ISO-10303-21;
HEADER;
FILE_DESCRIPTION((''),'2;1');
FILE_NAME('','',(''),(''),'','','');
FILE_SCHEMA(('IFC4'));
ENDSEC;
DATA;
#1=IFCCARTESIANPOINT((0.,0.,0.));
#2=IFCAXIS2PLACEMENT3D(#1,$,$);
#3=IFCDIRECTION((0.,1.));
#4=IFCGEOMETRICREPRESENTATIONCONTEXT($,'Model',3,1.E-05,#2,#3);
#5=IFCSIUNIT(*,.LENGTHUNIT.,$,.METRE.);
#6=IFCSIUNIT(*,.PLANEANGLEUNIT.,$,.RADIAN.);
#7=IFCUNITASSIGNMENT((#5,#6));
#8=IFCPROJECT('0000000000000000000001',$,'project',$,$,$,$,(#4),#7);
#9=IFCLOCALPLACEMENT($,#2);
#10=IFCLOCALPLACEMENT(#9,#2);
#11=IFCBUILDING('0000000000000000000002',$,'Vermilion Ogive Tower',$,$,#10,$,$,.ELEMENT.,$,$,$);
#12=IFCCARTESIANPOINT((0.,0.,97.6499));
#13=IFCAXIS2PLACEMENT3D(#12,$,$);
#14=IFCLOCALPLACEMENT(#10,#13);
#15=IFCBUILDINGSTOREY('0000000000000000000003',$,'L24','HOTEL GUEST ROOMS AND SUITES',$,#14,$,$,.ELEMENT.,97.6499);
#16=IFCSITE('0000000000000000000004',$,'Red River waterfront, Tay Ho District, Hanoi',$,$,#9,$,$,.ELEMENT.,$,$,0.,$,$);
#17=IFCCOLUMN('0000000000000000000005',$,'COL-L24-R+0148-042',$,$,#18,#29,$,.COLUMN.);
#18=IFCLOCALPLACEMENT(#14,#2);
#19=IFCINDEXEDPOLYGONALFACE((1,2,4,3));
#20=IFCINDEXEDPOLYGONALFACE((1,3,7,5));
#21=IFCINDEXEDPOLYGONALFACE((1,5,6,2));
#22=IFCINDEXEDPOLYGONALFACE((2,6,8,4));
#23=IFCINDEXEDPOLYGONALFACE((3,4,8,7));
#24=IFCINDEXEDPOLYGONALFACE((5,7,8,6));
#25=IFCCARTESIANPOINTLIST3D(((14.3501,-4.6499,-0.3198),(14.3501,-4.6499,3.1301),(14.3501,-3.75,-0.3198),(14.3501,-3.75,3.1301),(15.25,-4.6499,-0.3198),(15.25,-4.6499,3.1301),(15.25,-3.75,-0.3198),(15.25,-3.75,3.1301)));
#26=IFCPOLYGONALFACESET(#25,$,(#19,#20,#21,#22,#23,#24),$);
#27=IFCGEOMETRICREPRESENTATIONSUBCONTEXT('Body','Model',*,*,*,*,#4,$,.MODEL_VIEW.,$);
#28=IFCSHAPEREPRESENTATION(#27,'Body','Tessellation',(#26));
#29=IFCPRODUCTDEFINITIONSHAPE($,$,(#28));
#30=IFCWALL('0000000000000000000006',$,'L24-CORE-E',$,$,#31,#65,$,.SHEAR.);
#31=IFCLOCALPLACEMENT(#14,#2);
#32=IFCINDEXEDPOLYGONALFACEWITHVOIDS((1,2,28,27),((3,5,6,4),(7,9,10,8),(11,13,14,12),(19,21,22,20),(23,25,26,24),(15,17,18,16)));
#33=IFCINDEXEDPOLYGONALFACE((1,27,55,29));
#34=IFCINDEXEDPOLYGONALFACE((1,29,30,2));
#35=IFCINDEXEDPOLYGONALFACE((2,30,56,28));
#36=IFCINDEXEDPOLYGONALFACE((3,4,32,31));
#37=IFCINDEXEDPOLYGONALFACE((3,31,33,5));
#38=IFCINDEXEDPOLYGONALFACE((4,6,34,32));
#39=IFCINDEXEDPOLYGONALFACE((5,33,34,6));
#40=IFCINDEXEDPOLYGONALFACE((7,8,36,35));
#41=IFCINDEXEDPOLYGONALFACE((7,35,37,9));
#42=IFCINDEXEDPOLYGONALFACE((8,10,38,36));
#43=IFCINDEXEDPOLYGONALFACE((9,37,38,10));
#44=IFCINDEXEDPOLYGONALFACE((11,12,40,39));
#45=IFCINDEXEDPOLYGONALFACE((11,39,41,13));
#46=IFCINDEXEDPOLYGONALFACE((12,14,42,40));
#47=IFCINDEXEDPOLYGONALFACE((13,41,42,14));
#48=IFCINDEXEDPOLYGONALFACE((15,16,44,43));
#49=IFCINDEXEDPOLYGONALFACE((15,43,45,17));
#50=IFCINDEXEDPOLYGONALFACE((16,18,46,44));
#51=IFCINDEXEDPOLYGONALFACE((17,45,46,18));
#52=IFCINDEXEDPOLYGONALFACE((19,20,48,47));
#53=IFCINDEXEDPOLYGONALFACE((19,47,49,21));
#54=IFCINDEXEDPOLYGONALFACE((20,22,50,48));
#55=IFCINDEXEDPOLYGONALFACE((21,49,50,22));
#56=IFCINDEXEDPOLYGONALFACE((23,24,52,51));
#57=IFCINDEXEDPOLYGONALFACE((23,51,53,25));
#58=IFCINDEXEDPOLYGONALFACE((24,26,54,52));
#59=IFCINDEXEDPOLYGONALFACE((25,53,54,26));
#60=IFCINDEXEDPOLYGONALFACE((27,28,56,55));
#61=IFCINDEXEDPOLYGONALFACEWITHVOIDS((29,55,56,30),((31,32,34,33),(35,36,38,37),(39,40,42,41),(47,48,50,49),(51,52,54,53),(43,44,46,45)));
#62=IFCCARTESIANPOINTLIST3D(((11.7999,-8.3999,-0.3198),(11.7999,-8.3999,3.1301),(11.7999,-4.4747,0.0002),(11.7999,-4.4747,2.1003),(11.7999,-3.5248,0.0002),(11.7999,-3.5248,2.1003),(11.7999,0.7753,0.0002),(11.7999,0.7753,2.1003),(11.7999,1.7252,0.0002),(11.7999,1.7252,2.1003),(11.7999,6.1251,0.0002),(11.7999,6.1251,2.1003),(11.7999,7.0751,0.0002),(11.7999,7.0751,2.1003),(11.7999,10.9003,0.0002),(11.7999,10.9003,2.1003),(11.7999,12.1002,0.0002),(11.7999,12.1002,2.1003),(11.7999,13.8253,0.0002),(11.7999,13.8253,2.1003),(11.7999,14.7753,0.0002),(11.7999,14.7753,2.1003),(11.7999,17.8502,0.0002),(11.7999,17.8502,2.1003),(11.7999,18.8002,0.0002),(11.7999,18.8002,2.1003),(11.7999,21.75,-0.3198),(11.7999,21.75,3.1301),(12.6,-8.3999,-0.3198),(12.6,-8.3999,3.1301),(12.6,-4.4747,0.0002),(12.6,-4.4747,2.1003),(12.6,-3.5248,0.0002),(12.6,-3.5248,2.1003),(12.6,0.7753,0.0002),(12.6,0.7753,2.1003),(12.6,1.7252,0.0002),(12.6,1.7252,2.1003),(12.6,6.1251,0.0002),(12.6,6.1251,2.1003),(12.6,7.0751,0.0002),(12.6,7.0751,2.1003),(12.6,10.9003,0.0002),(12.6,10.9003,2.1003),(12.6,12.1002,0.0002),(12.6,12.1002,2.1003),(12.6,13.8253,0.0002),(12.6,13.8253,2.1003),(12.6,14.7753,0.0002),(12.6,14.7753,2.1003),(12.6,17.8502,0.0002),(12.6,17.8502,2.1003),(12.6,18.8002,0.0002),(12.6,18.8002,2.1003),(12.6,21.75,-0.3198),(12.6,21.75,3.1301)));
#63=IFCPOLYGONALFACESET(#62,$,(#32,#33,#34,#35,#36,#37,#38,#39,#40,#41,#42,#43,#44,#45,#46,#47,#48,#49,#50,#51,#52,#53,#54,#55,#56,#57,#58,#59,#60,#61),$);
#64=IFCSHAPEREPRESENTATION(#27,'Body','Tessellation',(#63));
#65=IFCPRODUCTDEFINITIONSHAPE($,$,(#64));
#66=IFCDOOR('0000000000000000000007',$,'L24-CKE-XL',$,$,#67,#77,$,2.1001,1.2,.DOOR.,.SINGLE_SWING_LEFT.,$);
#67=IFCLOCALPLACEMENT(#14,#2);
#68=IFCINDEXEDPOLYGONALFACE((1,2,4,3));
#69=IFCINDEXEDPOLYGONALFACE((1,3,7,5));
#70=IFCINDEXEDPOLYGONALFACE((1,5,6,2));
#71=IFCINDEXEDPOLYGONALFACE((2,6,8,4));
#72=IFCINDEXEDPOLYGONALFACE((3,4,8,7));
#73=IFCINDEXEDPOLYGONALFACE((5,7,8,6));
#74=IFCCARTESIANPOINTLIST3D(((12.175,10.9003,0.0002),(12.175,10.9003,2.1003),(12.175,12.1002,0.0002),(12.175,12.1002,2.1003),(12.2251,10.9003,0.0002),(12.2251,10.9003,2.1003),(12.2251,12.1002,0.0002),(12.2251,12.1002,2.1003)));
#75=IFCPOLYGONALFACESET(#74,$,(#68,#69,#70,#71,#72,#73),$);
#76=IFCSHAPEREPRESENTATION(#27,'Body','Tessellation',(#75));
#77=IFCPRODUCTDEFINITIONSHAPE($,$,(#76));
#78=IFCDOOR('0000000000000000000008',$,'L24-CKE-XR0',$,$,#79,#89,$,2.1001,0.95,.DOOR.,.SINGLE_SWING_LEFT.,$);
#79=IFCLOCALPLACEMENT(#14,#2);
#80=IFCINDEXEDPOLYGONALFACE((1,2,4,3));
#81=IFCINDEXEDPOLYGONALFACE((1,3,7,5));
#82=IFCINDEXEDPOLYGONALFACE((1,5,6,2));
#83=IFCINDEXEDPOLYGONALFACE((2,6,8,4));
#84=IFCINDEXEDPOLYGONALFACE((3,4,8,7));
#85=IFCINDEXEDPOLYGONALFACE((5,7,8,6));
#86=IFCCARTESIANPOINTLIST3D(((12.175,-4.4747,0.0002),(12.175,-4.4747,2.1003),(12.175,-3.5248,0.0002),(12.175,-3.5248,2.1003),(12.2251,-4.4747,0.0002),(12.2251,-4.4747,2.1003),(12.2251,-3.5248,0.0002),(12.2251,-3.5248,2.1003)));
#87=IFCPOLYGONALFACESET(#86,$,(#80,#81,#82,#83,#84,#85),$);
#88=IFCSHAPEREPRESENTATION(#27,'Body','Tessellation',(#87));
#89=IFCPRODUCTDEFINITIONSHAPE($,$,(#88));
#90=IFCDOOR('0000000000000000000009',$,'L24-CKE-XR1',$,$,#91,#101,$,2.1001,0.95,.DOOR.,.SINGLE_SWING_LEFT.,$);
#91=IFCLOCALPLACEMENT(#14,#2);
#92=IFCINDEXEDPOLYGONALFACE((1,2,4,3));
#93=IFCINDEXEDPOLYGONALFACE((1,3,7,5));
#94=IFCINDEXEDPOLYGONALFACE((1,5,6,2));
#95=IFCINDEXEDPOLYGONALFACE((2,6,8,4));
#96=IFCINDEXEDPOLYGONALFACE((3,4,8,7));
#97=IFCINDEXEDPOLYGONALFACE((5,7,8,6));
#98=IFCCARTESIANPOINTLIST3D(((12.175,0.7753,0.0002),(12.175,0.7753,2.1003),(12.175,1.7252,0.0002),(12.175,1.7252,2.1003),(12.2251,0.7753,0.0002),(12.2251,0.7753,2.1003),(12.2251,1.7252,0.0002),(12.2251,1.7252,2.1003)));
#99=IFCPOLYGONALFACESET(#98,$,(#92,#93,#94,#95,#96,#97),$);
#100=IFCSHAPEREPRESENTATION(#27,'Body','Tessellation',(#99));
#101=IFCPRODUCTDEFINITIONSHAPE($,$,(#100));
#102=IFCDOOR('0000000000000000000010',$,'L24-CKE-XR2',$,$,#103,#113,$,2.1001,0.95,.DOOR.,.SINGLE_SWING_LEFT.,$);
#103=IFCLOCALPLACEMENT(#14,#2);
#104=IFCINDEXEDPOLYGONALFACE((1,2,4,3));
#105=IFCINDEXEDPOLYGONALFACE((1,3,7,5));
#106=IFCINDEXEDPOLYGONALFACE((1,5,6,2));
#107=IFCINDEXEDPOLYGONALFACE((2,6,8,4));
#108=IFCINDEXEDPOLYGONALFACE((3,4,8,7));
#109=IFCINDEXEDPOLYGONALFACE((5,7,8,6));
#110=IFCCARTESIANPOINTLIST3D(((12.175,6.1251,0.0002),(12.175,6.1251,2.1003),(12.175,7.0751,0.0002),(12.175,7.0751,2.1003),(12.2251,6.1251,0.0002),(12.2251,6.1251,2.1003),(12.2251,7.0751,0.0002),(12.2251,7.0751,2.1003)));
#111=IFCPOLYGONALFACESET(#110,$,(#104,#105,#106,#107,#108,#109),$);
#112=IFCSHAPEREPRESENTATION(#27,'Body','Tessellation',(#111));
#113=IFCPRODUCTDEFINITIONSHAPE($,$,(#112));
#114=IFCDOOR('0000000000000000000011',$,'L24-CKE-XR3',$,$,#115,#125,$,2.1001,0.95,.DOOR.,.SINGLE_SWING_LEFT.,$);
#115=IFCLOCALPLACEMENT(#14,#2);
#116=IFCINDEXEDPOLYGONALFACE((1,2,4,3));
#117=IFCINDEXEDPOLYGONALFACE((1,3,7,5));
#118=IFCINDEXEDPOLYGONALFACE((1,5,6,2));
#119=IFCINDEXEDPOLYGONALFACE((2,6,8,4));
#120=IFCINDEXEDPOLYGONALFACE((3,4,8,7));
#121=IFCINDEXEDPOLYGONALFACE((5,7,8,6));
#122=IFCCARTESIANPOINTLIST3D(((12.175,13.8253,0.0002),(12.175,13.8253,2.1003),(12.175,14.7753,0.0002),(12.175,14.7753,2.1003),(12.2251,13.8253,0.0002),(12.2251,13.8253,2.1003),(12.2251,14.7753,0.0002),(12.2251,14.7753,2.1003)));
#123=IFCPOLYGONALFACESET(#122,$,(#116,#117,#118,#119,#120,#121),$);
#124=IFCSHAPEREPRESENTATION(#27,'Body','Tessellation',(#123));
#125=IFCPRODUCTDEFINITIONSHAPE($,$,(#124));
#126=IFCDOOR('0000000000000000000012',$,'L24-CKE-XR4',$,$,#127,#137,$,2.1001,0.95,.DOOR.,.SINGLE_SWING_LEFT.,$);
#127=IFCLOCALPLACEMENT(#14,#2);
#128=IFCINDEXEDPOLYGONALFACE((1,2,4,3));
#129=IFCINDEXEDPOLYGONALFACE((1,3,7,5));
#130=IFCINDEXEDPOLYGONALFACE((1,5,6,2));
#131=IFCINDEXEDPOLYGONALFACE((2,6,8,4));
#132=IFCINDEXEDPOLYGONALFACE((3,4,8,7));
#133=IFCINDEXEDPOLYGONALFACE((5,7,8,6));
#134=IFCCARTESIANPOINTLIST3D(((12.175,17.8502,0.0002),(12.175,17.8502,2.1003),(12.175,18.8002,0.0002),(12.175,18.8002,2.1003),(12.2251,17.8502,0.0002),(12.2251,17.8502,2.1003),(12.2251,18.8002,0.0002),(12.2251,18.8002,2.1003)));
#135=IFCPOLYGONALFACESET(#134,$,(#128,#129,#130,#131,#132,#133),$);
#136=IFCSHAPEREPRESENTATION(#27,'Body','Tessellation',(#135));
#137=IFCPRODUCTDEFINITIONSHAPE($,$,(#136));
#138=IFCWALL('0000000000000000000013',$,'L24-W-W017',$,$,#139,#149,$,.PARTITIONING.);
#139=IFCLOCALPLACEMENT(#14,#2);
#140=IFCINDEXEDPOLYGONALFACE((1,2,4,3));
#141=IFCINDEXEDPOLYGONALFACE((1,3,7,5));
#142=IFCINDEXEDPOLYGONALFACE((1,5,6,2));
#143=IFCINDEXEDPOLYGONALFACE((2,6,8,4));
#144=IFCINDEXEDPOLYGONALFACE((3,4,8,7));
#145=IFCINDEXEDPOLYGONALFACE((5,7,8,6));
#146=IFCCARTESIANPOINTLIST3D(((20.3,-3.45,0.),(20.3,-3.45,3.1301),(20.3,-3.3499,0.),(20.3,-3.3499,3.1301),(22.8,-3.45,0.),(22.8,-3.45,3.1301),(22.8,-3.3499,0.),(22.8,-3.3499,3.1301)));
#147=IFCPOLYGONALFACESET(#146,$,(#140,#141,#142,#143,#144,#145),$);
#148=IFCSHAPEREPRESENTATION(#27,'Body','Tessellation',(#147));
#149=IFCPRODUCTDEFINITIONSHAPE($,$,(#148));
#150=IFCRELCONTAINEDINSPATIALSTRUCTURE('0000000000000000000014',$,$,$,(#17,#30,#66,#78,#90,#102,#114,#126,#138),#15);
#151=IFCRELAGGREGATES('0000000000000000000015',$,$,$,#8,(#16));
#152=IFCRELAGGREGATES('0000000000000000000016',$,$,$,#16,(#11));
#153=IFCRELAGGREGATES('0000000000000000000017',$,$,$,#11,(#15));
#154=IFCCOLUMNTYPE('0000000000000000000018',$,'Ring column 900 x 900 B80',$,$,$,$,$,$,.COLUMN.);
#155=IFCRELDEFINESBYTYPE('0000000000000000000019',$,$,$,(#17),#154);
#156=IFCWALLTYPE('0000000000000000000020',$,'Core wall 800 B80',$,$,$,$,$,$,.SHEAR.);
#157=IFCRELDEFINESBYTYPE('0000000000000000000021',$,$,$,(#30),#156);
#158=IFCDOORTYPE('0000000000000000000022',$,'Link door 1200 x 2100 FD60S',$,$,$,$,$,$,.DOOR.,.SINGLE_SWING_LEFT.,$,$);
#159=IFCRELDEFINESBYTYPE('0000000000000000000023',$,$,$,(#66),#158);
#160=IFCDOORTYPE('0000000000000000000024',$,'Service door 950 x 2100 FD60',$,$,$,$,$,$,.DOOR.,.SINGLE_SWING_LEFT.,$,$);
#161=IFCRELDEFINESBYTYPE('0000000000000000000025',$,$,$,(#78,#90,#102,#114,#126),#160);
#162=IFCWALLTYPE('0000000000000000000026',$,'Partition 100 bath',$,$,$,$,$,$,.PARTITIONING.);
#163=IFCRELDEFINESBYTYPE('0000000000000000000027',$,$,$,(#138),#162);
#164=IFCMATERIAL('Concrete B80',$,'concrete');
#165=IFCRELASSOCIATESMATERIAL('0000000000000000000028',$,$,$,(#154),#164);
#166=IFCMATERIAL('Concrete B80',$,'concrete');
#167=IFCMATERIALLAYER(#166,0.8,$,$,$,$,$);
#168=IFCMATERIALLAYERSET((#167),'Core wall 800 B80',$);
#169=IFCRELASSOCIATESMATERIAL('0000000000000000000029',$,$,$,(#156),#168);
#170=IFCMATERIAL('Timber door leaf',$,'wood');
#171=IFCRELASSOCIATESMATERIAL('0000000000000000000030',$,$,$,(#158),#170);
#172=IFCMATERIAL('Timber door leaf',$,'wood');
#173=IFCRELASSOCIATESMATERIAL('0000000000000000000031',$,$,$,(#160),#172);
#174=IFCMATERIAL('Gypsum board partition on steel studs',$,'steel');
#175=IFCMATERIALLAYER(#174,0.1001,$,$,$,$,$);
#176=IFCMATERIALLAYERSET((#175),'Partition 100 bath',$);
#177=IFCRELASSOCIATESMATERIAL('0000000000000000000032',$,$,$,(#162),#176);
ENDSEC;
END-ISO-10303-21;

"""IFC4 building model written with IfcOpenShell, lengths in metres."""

from ifc_helpers import new_model, si_unit, direction, frame, frame_2d, origin, origin_2d, place, context, subcontext, project, spatial, rectangle, extrude, material, layer, layer_set, material_profile, profile_set, type_object, element, fill, save


model = new_model("IFC4")

# Units and contexts
model_context = context("Model", 3, precision=1e-05, world=origin(), true_north=direction((0.0, 1.0)))
body_context = subcontext(model_context, "Body", "Model", "MODEL_VIEW")
ifc_project = project(units=[si_unit("LENGTHUNIT", "METRE"), si_unit("PLANEANGLEUNIT", "RADIAN")], contexts=[model_context])

# Site, building, storey
site_placement = place(None, origin())
site = spatial("IfcSite", under=ifc_project, at=site_placement, Name="Red River waterfront, Tay Ho District, Hanoi", CompositionType="ELEMENT", RefElevation=0.0)
building_placement = place(site_placement, origin())
building = spatial("IfcBuilding", under=site, at=building_placement, Name="Vermilion Ogive Tower", CompositionType="ELEMENT")
storey_placement = place(building_placement, frame((0.0, 0.0, 97.6499)))
storey = spatial("IfcBuildingStorey", under=building, at=storey_placement, Name="L24", Description="HOTEL GUEST ROOMS AND SUITES", CompositionType="ELEMENT", Elevation=97.6499)

# Column
ifc_material_1 = material(Name="Concrete B80", Category="concrete")
ifc_material_profile = material_profile(ifc_material_1, rectangle(XDim=0.8999, YDim=0.8999, at=origin_2d()), Name="900 x 900")
ifc_profile_set = profile_set([ifc_material_profile], Name="Concrete B80")
column_type = type_object("IfcColumnType", Name="Ring column 900 x 900 B80", PredefinedType="COLUMN", material=ifc_profile_set)
column_placement = place(storey_placement, frame((14.8, -4.2, -0.3198), z_axis=(0.0, 0.0, 1.0), x_axis=(1.0, 0.0, 0.0)))
element("IfcColumn", 1, at=column_placement, inside=storey, type_object=column_type, Name="COL-L24-R+0148-042", PredefinedType="COLUMN", context=body_context, shape_type="SweptSolid", body=[
    extrude(rectangle(XDim=0.8999, YDim=0.8999, at=origin_2d()), origin(), (0.0, 0.0, 1.0), 3.45),
])

# Wall, openings, doors
ifc_material_2 = material(Name="Concrete B80", Category="concrete")
ifc_layer_1 = layer(ifc_material_2, 0.8)
ifc_layer_set_1 = layer_set([ifc_layer_1], Name="Core wall 800 B80")
wall_type_1 = type_object("IfcWallType", Name="Core wall 800 B80", PredefinedType="SHEAR", material=ifc_layer_set_1)
wall_1_placement = place(storey_placement, frame((12.2, -8.3999, -0.3198), z_axis=(0.0, 0.0, 1.0), x_axis=(0.0, 1.0, 0.0)))
wall_1 = element("IfcWall", 2, at=wall_1_placement, inside=storey, type_object=wall_type_1, Name="L24-CORE-E", PredefinedType="SHEAR", context=body_context, shape_type="SweptSolid", body=[
    extrude(rectangle(XDim=30.1499, YDim=0.8, at=frame_2d((15.075, 0.0))), origin(), (0.0, 0.0, 1.0), 3.45),
])
opening_1_placement = place(wall_1_placement, frame((3.925, 0.0, 0.3201)))
opening_1 = element("IfcOpeningElement", 3, at=opening_1_placement, cuts=wall_1, PredefinedType="OPENING", context=body_context, shape_type="SweptSolid", body=[
    extrude(rectangle(XDim=0.95, YDim=2.1001, at=frame_2d((0.4751, 1.05))), frame((0.0, 0.4099, 0.0), z_axis=(0.0, -1.0, 0.0), x_axis=(1.0, 0.0, 0.0)), (0.0, 0.0, 1.0), 0.8201),
])
opening_2_placement = place(wall_1_placement, frame((9.175, 0.0, 0.3201)))
opening_2 = element("IfcOpeningElement", 4, at=opening_2_placement, cuts=wall_1, PredefinedType="OPENING", context=body_context, shape_type="SweptSolid", body=[
    extrude(rectangle(XDim=0.95, YDim=2.1001, at=frame_2d((0.4751, 1.05))), frame((0.0, 0.4099, 0.0), z_axis=(0.0, -1.0, 0.0), x_axis=(1.0, 0.0, 0.0)), (0.0, 0.0, 1.0), 0.8201),
])
opening_3_placement = place(wall_1_placement, frame((14.5249, 0.0, 0.3201)))
opening_3 = element("IfcOpeningElement", 5, at=opening_3_placement, cuts=wall_1, PredefinedType="OPENING", context=body_context, shape_type="SweptSolid", body=[
    extrude(rectangle(XDim=0.95, YDim=2.1001, at=frame_2d((0.4751, 1.05))), frame((0.0, 0.4099, 0.0), z_axis=(0.0, -1.0, 0.0), x_axis=(1.0, 0.0, 0.0)), (0.0, 0.0, 1.0), 0.8201),
])
opening_4_placement = place(wall_1_placement, frame((22.2251, 0.0, 0.3201)))
opening_4 = element("IfcOpeningElement", 6, at=opening_4_placement, cuts=wall_1, PredefinedType="OPENING", context=body_context, shape_type="SweptSolid", body=[
    extrude(rectangle(XDim=0.95, YDim=2.1001, at=frame_2d((0.4751, 1.05))), frame((0.0, 0.4099, 0.0), z_axis=(0.0, -1.0, 0.0), x_axis=(1.0, 0.0, 0.0)), (0.0, 0.0, 1.0), 0.8201),
])
opening_5_placement = place(wall_1_placement, frame((26.25, 0.0, 0.3201)))
opening_5 = element("IfcOpeningElement", 7, at=opening_5_placement, cuts=wall_1, PredefinedType="OPENING", context=body_context, shape_type="SweptSolid", body=[
    extrude(rectangle(XDim=0.95, YDim=2.1001, at=frame_2d((0.4751, 1.05))), frame((0.0, 0.4099, 0.0), z_axis=(0.0, -1.0, 0.0), x_axis=(1.0, 0.0, 0.0)), (0.0, 0.0, 1.0), 0.8201),
])
opening_6_placement = place(wall_1_placement, frame((19.3, 0.0, 0.3201)))
opening_6 = element("IfcOpeningElement", 8, at=opening_6_placement, cuts=wall_1, PredefinedType="OPENING", context=body_context, shape_type="SweptSolid", body=[
    extrude(rectangle(XDim=1.2, YDim=2.1001, at=frame_2d((0.6001, 1.05))), frame((0.0, 0.4099, 0.0), z_axis=(0.0, -1.0, 0.0), x_axis=(1.0, 0.0, 0.0)), (0.0, 0.0, 1.0), 0.8201),
])
ifc_material_3 = material(Name="Timber door leaf", Category="wood")
door_type_1 = type_object("IfcDoorType", Name="Link door 1200 x 2100 FD60S", OperationType="SINGLE_SWING_LEFT", PredefinedType="DOOR", material=ifc_material_3)
door_1_placement = place(opening_6_placement, origin())
door_1 = element("IfcDoor", 9, at=door_1_placement, inside=storey, type_object=door_type_1, Name="L24-CKE-XL", OperationType="SINGLE_SWING_LEFT", OverallHeight=2.1001, OverallWidth=1.2, PredefinedType="DOOR", context=body_context, shape_type="SweptSolid", body=[
    extrude(rectangle(XDim=1.2, YDim=2.1001, at=frame_2d((0.6001, 1.05))), frame((0.0, 0.0249, 0.0), z_axis=(0.0, -1.0, 0.0), x_axis=(1.0, 0.0, 0.0)), (0.0, 0.0, 1.0), 0.05),
])
fill(opening_6, door_1)
ifc_material_4 = material(Name="Timber door leaf", Category="wood")
door_type_2 = type_object("IfcDoorType", Name="Service door 950 x 2100 FD60", OperationType="SINGLE_SWING_LEFT", PredefinedType="DOOR", material=ifc_material_4)
door_2_placement = place(opening_1_placement, origin())
door_2 = element("IfcDoor", 10, at=door_2_placement, inside=storey, type_object=door_type_2, Name="L24-CKE-XR0", OperationType="SINGLE_SWING_LEFT", OverallHeight=2.1001, OverallWidth=0.95, PredefinedType="DOOR", context=body_context, shape_type="SweptSolid", body=[
    extrude(rectangle(XDim=0.95, YDim=2.1001, at=frame_2d((0.4751, 1.05))), frame((0.0, 0.0249, 0.0), z_axis=(0.0, -1.0, 0.0), x_axis=(1.0, 0.0, 0.0)), (0.0, 0.0, 1.0), 0.05),
])
fill(opening_1, door_2)
door_3_placement = place(opening_2_placement, origin())
door_3 = element("IfcDoor", 11, at=door_3_placement, inside=storey, type_object=door_type_2, Name="L24-CKE-XR1", OperationType="SINGLE_SWING_LEFT", OverallHeight=2.1001, OverallWidth=0.95, PredefinedType="DOOR", context=body_context, shape_type="SweptSolid", body=[
    extrude(rectangle(XDim=0.95, YDim=2.1001, at=frame_2d((0.4751, 1.05))), frame((0.0, 0.0249, 0.0), z_axis=(0.0, -1.0, 0.0), x_axis=(1.0, 0.0, 0.0)), (0.0, 0.0, 1.0), 0.05),
])
fill(opening_2, door_3)
door_4_placement = place(opening_3_placement, origin())
door_4 = element("IfcDoor", 12, at=door_4_placement, inside=storey, type_object=door_type_2, Name="L24-CKE-XR2", OperationType="SINGLE_SWING_LEFT", OverallHeight=2.1001, OverallWidth=0.95, PredefinedType="DOOR", context=body_context, shape_type="SweptSolid", body=[
    extrude(rectangle(XDim=0.95, YDim=2.1001, at=frame_2d((0.4751, 1.05))), frame((0.0, 0.0249, 0.0), z_axis=(0.0, -1.0, 0.0), x_axis=(1.0, 0.0, 0.0)), (0.0, 0.0, 1.0), 0.05),
])
fill(opening_3, door_4)
door_5_placement = place(opening_4_placement, origin())
door_5 = element("IfcDoor", 13, at=door_5_placement, inside=storey, type_object=door_type_2, Name="L24-CKE-XR3", OperationType="SINGLE_SWING_LEFT", OverallHeight=2.1001, OverallWidth=0.95, PredefinedType="DOOR", context=body_context, shape_type="SweptSolid", body=[
    extrude(rectangle(XDim=0.95, YDim=2.1001, at=frame_2d((0.4751, 1.05))), frame((0.0, 0.0249, 0.0), z_axis=(0.0, -1.0, 0.0), x_axis=(1.0, 0.0, 0.0)), (0.0, 0.0, 1.0), 0.05),
])
fill(opening_4, door_5)
door_6_placement = place(opening_5_placement, origin())
door_6 = element("IfcDoor", 14, at=door_6_placement, inside=storey, type_object=door_type_2, Name="L24-CKE-XR4", OperationType="SINGLE_SWING_LEFT", OverallHeight=2.1001, OverallWidth=0.95, PredefinedType="DOOR", context=body_context, shape_type="SweptSolid", body=[
    extrude(rectangle(XDim=0.95, YDim=2.1001, at=frame_2d((0.4751, 1.05))), frame((0.0, 0.0249, 0.0), z_axis=(0.0, -1.0, 0.0), x_axis=(1.0, 0.0, 0.0)), (0.0, 0.0, 1.0), 0.05),
])
fill(opening_5, door_6)

# Wall
ifc_material_5 = material(Name="Gypsum board partition on steel studs", Category="steel")
ifc_layer_2 = layer(ifc_material_5, 0.1001)
ifc_layer_set_2 = layer_set([ifc_layer_2], Name="Partition 100 bath")
wall_type_2 = type_object("IfcWallType", Name="Partition 100 bath", PredefinedType="PARTITIONING", material=ifc_layer_set_2)
wall_2_placement = place(storey_placement, frame((20.3, -3.3999, 0.0), z_axis=(0.0, 0.0, 1.0), x_axis=(1.0, 0.0, 0.0)))
element("IfcWall", 15, at=wall_2_placement, inside=storey, type_object=wall_type_2, Name="L24-W-W017", PredefinedType="PARTITIONING", context=body_context, shape_type="SweptSolid", body=[
    extrude(rectangle(XDim=2.5, YDim=0.1001, at=frame_2d((1.25, 0.0))), origin(), (0.0, 0.0, 1.0), 3.1301),
])

save(model, "model.ifc")
